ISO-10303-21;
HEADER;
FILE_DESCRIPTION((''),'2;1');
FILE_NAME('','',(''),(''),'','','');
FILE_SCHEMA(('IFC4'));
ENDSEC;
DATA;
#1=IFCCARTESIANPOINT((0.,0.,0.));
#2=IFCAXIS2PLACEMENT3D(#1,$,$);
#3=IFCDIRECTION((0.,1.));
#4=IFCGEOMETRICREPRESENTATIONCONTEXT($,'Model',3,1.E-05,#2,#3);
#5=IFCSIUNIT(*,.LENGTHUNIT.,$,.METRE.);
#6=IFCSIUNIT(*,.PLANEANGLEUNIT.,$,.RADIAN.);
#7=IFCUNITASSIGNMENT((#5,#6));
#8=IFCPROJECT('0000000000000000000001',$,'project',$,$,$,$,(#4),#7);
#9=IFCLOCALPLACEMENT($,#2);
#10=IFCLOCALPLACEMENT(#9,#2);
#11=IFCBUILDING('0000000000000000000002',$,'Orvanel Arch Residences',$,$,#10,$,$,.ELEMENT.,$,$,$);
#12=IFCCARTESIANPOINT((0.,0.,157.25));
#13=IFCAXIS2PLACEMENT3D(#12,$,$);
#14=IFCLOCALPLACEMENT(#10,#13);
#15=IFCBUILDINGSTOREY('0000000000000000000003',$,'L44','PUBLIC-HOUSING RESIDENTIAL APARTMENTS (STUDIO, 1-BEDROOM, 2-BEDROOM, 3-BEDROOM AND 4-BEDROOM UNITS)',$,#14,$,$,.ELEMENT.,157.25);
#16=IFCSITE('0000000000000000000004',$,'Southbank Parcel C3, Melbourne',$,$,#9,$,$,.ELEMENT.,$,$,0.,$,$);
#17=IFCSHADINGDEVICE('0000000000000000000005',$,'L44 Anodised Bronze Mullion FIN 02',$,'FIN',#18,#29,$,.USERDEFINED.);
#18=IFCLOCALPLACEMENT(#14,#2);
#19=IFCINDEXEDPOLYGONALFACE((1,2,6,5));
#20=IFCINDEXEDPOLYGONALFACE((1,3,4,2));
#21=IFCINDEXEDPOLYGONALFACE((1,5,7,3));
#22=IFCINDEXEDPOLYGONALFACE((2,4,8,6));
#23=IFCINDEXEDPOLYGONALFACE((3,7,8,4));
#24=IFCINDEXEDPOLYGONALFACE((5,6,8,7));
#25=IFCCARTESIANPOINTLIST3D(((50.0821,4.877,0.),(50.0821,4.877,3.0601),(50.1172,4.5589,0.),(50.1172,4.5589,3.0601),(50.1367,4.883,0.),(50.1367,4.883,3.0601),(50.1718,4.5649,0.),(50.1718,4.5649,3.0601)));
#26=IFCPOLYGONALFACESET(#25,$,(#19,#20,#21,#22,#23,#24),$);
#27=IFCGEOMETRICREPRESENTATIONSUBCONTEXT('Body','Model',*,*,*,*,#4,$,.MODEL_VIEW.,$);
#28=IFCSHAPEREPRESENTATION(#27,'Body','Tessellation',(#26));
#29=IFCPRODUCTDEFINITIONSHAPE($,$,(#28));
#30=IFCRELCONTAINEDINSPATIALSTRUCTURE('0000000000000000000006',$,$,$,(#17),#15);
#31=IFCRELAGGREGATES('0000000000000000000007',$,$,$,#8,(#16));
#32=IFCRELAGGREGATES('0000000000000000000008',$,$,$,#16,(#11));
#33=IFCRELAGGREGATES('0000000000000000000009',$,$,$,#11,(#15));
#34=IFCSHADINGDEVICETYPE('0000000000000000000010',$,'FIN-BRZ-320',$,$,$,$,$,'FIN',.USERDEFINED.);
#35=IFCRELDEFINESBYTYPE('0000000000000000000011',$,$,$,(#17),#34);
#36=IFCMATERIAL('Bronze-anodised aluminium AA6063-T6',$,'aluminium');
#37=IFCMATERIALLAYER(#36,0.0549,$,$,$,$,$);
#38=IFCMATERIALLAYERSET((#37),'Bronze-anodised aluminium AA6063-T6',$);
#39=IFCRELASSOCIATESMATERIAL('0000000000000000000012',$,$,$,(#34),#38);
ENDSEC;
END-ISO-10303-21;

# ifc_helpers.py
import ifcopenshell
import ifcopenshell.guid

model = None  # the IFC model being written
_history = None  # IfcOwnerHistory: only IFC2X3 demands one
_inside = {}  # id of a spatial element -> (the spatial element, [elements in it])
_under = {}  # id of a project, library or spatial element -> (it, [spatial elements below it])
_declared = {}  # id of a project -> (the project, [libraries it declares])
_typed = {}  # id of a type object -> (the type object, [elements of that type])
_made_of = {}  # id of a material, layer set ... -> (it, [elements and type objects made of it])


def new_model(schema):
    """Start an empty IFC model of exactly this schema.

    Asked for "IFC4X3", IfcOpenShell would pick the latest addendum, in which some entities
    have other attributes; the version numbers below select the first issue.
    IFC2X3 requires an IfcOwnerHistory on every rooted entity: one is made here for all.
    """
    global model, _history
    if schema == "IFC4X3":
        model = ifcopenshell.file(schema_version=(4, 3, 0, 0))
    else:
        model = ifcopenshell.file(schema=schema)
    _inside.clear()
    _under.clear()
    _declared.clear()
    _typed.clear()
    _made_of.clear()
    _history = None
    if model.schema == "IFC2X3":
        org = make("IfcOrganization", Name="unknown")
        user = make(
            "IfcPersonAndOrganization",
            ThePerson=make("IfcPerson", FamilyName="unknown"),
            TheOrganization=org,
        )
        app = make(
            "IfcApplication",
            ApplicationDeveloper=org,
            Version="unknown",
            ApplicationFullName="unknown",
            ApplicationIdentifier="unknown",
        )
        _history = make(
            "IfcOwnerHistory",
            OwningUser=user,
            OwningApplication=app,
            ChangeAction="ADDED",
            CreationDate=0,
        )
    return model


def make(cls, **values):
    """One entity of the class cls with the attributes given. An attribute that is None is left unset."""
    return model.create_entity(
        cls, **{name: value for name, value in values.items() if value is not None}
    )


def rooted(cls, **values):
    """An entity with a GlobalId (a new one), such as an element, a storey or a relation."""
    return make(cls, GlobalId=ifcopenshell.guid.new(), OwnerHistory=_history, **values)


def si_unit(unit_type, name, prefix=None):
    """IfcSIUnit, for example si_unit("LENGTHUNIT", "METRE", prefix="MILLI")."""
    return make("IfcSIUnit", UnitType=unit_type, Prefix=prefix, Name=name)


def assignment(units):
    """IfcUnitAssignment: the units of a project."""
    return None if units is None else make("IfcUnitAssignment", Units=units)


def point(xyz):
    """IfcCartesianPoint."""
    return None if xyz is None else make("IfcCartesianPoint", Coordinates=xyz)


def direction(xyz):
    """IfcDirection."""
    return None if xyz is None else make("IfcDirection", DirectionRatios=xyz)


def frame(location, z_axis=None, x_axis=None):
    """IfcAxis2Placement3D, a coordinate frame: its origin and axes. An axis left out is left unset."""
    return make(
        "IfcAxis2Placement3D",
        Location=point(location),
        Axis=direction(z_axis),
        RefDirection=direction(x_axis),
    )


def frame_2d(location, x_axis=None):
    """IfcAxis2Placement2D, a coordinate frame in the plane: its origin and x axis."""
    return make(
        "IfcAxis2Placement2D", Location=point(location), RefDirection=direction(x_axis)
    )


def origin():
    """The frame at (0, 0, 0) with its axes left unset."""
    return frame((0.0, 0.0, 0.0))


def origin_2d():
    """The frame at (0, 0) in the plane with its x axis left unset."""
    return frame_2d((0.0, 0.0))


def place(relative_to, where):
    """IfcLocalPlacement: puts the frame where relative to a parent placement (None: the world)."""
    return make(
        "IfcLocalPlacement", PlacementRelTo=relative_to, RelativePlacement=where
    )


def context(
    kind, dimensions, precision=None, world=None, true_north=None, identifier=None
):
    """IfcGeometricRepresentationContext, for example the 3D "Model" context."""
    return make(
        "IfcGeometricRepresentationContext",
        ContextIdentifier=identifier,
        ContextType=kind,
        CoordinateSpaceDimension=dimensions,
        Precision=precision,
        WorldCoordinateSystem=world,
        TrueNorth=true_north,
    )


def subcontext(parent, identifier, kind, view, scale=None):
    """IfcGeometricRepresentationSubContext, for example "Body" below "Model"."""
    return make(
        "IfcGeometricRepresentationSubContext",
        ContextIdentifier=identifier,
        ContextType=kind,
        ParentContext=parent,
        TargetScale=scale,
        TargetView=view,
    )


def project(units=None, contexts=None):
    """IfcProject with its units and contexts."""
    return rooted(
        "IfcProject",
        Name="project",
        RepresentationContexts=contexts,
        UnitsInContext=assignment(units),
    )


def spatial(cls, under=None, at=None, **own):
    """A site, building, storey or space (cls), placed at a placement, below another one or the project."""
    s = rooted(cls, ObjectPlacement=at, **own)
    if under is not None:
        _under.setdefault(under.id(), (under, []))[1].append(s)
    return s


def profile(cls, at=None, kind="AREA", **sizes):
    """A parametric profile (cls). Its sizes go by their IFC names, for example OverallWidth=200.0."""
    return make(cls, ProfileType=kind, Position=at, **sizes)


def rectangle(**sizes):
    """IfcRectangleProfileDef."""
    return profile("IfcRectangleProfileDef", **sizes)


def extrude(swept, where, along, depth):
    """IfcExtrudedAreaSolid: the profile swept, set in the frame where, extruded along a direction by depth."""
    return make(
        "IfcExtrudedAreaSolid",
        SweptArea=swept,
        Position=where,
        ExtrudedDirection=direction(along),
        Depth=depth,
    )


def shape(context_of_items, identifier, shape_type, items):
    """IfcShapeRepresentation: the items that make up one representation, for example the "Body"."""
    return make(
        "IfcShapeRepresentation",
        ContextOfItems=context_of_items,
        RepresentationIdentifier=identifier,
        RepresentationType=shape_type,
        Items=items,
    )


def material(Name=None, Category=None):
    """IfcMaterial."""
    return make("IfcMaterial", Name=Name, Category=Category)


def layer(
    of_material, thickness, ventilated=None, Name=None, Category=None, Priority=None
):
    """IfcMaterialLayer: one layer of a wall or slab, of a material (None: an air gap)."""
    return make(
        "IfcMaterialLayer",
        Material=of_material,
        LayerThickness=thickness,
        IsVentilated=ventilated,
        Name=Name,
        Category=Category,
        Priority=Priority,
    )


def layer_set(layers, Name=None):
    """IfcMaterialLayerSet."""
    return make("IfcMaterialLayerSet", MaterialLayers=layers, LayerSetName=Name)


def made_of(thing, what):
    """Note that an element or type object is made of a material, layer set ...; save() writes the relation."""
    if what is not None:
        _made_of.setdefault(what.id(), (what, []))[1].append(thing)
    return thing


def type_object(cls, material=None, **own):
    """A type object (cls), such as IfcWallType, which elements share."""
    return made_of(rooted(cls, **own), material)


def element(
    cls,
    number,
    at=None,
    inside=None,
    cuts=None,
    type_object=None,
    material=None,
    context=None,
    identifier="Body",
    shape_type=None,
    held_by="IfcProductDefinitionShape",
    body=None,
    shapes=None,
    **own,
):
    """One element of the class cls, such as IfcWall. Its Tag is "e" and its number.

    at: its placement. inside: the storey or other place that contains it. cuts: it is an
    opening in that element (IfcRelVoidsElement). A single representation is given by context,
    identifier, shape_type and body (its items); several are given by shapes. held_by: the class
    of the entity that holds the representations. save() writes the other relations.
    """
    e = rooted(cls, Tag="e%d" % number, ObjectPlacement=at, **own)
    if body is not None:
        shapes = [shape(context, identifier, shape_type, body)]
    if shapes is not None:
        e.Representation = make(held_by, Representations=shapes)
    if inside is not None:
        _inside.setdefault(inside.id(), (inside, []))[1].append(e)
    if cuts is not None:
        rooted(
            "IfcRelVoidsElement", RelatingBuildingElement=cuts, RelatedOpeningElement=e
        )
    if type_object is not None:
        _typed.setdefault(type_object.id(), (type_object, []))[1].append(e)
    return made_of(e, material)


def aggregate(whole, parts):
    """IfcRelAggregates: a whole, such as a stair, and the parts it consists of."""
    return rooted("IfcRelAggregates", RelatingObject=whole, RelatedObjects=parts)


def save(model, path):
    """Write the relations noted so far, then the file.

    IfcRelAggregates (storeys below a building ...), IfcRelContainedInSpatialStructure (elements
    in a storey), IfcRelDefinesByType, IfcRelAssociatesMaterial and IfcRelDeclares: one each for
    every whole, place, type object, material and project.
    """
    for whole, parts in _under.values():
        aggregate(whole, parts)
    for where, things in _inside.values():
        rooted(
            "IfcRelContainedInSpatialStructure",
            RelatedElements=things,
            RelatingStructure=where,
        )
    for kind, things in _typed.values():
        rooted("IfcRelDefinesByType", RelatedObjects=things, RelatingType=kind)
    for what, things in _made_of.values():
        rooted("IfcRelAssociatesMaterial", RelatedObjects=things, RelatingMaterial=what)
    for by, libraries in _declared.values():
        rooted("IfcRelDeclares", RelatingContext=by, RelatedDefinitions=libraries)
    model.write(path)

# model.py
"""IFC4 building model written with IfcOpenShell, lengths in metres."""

from ifc_helpers import new_model, si_unit, direction, frame, origin, origin_2d, place, context, subcontext, project, spatial, rectangle, extrude, material, layer, layer_set, type_object, element, save


model = new_model("IFC4")

# Units and contexts
model_context = context("Model", 3, precision=1e-05, world=origin(), true_north=direction((0.0, 1.0)))
body_context = subcontext(model_context, "Body", "Model", "MODEL_VIEW")
ifc_project = project(units=[si_unit("LENGTHUNIT", "METRE"), si_unit("PLANEANGLEUNIT", "RADIAN")], contexts=[model_context])

# Site, building, storey
site_placement = place(None, origin())
site = spatial("IfcSite", under=ifc_project, at=site_placement, Name="Southbank Parcel C3, Melbourne", CompositionType="ELEMENT", RefElevation=0.0)
building_placement = place(site_placement, origin())
building = spatial("IfcBuilding", under=site, at=building_placement, Name="Orvanel Arch Residences", CompositionType="ELEMENT")
storey_placement = place(building_placement, frame((0.0, 0.0, 157.25)))
storey = spatial("IfcBuildingStorey", under=building, at=storey_placement, Name="L44", Description="PUBLIC-HOUSING RESIDENTIAL APARTMENTS (STUDIO, 1-BEDROOM, 2-BEDROOM, 3-BEDROOM AND 4-BEDROOM UNITS)", CompositionType="ELEMENT", Elevation=157.25)

# Shared definitions
ifc_material_1 = material(Name="Bronze-anodised aluminium AA6063-T6", Category="aluminium")

# Shading device
ifc_layer_1 = layer(ifc_material_1, 0.0549)
ifc_layer_set_1 = layer_set([ifc_layer_1], Name="Bronze-anodised aluminium AA6063-T6")
shading_device_type = type_object("IfcShadingDeviceType", Name="FIN-BRZ-320", ElementType="FIN", PredefinedType="USERDEFINED", material=ifc_layer_set_1)
shading_device_placement = place(storey_placement, frame((50.127, 4.7209, 0.0), z_axis=(0.0, 0.0, 1.0), x_axis=(0.109734, -0.993961, 0.0)))
element("IfcShadingDevice", 1, at=shading_device_placement, inside=storey, type_object=shading_device_type, Name="L44 Anodised Bronze Mullion FIN 02", ObjectType="FIN", PredefinedType="USERDEFINED", context=body_context, shape_type="SweptSolid", body=[
    extrude(rectangle(XDim=0.3201, YDim=0.0549, at=origin_2d()), origin(), (0.0, 0.0, 1.0), 3.0601),
])

save(model, "model.ifc")
